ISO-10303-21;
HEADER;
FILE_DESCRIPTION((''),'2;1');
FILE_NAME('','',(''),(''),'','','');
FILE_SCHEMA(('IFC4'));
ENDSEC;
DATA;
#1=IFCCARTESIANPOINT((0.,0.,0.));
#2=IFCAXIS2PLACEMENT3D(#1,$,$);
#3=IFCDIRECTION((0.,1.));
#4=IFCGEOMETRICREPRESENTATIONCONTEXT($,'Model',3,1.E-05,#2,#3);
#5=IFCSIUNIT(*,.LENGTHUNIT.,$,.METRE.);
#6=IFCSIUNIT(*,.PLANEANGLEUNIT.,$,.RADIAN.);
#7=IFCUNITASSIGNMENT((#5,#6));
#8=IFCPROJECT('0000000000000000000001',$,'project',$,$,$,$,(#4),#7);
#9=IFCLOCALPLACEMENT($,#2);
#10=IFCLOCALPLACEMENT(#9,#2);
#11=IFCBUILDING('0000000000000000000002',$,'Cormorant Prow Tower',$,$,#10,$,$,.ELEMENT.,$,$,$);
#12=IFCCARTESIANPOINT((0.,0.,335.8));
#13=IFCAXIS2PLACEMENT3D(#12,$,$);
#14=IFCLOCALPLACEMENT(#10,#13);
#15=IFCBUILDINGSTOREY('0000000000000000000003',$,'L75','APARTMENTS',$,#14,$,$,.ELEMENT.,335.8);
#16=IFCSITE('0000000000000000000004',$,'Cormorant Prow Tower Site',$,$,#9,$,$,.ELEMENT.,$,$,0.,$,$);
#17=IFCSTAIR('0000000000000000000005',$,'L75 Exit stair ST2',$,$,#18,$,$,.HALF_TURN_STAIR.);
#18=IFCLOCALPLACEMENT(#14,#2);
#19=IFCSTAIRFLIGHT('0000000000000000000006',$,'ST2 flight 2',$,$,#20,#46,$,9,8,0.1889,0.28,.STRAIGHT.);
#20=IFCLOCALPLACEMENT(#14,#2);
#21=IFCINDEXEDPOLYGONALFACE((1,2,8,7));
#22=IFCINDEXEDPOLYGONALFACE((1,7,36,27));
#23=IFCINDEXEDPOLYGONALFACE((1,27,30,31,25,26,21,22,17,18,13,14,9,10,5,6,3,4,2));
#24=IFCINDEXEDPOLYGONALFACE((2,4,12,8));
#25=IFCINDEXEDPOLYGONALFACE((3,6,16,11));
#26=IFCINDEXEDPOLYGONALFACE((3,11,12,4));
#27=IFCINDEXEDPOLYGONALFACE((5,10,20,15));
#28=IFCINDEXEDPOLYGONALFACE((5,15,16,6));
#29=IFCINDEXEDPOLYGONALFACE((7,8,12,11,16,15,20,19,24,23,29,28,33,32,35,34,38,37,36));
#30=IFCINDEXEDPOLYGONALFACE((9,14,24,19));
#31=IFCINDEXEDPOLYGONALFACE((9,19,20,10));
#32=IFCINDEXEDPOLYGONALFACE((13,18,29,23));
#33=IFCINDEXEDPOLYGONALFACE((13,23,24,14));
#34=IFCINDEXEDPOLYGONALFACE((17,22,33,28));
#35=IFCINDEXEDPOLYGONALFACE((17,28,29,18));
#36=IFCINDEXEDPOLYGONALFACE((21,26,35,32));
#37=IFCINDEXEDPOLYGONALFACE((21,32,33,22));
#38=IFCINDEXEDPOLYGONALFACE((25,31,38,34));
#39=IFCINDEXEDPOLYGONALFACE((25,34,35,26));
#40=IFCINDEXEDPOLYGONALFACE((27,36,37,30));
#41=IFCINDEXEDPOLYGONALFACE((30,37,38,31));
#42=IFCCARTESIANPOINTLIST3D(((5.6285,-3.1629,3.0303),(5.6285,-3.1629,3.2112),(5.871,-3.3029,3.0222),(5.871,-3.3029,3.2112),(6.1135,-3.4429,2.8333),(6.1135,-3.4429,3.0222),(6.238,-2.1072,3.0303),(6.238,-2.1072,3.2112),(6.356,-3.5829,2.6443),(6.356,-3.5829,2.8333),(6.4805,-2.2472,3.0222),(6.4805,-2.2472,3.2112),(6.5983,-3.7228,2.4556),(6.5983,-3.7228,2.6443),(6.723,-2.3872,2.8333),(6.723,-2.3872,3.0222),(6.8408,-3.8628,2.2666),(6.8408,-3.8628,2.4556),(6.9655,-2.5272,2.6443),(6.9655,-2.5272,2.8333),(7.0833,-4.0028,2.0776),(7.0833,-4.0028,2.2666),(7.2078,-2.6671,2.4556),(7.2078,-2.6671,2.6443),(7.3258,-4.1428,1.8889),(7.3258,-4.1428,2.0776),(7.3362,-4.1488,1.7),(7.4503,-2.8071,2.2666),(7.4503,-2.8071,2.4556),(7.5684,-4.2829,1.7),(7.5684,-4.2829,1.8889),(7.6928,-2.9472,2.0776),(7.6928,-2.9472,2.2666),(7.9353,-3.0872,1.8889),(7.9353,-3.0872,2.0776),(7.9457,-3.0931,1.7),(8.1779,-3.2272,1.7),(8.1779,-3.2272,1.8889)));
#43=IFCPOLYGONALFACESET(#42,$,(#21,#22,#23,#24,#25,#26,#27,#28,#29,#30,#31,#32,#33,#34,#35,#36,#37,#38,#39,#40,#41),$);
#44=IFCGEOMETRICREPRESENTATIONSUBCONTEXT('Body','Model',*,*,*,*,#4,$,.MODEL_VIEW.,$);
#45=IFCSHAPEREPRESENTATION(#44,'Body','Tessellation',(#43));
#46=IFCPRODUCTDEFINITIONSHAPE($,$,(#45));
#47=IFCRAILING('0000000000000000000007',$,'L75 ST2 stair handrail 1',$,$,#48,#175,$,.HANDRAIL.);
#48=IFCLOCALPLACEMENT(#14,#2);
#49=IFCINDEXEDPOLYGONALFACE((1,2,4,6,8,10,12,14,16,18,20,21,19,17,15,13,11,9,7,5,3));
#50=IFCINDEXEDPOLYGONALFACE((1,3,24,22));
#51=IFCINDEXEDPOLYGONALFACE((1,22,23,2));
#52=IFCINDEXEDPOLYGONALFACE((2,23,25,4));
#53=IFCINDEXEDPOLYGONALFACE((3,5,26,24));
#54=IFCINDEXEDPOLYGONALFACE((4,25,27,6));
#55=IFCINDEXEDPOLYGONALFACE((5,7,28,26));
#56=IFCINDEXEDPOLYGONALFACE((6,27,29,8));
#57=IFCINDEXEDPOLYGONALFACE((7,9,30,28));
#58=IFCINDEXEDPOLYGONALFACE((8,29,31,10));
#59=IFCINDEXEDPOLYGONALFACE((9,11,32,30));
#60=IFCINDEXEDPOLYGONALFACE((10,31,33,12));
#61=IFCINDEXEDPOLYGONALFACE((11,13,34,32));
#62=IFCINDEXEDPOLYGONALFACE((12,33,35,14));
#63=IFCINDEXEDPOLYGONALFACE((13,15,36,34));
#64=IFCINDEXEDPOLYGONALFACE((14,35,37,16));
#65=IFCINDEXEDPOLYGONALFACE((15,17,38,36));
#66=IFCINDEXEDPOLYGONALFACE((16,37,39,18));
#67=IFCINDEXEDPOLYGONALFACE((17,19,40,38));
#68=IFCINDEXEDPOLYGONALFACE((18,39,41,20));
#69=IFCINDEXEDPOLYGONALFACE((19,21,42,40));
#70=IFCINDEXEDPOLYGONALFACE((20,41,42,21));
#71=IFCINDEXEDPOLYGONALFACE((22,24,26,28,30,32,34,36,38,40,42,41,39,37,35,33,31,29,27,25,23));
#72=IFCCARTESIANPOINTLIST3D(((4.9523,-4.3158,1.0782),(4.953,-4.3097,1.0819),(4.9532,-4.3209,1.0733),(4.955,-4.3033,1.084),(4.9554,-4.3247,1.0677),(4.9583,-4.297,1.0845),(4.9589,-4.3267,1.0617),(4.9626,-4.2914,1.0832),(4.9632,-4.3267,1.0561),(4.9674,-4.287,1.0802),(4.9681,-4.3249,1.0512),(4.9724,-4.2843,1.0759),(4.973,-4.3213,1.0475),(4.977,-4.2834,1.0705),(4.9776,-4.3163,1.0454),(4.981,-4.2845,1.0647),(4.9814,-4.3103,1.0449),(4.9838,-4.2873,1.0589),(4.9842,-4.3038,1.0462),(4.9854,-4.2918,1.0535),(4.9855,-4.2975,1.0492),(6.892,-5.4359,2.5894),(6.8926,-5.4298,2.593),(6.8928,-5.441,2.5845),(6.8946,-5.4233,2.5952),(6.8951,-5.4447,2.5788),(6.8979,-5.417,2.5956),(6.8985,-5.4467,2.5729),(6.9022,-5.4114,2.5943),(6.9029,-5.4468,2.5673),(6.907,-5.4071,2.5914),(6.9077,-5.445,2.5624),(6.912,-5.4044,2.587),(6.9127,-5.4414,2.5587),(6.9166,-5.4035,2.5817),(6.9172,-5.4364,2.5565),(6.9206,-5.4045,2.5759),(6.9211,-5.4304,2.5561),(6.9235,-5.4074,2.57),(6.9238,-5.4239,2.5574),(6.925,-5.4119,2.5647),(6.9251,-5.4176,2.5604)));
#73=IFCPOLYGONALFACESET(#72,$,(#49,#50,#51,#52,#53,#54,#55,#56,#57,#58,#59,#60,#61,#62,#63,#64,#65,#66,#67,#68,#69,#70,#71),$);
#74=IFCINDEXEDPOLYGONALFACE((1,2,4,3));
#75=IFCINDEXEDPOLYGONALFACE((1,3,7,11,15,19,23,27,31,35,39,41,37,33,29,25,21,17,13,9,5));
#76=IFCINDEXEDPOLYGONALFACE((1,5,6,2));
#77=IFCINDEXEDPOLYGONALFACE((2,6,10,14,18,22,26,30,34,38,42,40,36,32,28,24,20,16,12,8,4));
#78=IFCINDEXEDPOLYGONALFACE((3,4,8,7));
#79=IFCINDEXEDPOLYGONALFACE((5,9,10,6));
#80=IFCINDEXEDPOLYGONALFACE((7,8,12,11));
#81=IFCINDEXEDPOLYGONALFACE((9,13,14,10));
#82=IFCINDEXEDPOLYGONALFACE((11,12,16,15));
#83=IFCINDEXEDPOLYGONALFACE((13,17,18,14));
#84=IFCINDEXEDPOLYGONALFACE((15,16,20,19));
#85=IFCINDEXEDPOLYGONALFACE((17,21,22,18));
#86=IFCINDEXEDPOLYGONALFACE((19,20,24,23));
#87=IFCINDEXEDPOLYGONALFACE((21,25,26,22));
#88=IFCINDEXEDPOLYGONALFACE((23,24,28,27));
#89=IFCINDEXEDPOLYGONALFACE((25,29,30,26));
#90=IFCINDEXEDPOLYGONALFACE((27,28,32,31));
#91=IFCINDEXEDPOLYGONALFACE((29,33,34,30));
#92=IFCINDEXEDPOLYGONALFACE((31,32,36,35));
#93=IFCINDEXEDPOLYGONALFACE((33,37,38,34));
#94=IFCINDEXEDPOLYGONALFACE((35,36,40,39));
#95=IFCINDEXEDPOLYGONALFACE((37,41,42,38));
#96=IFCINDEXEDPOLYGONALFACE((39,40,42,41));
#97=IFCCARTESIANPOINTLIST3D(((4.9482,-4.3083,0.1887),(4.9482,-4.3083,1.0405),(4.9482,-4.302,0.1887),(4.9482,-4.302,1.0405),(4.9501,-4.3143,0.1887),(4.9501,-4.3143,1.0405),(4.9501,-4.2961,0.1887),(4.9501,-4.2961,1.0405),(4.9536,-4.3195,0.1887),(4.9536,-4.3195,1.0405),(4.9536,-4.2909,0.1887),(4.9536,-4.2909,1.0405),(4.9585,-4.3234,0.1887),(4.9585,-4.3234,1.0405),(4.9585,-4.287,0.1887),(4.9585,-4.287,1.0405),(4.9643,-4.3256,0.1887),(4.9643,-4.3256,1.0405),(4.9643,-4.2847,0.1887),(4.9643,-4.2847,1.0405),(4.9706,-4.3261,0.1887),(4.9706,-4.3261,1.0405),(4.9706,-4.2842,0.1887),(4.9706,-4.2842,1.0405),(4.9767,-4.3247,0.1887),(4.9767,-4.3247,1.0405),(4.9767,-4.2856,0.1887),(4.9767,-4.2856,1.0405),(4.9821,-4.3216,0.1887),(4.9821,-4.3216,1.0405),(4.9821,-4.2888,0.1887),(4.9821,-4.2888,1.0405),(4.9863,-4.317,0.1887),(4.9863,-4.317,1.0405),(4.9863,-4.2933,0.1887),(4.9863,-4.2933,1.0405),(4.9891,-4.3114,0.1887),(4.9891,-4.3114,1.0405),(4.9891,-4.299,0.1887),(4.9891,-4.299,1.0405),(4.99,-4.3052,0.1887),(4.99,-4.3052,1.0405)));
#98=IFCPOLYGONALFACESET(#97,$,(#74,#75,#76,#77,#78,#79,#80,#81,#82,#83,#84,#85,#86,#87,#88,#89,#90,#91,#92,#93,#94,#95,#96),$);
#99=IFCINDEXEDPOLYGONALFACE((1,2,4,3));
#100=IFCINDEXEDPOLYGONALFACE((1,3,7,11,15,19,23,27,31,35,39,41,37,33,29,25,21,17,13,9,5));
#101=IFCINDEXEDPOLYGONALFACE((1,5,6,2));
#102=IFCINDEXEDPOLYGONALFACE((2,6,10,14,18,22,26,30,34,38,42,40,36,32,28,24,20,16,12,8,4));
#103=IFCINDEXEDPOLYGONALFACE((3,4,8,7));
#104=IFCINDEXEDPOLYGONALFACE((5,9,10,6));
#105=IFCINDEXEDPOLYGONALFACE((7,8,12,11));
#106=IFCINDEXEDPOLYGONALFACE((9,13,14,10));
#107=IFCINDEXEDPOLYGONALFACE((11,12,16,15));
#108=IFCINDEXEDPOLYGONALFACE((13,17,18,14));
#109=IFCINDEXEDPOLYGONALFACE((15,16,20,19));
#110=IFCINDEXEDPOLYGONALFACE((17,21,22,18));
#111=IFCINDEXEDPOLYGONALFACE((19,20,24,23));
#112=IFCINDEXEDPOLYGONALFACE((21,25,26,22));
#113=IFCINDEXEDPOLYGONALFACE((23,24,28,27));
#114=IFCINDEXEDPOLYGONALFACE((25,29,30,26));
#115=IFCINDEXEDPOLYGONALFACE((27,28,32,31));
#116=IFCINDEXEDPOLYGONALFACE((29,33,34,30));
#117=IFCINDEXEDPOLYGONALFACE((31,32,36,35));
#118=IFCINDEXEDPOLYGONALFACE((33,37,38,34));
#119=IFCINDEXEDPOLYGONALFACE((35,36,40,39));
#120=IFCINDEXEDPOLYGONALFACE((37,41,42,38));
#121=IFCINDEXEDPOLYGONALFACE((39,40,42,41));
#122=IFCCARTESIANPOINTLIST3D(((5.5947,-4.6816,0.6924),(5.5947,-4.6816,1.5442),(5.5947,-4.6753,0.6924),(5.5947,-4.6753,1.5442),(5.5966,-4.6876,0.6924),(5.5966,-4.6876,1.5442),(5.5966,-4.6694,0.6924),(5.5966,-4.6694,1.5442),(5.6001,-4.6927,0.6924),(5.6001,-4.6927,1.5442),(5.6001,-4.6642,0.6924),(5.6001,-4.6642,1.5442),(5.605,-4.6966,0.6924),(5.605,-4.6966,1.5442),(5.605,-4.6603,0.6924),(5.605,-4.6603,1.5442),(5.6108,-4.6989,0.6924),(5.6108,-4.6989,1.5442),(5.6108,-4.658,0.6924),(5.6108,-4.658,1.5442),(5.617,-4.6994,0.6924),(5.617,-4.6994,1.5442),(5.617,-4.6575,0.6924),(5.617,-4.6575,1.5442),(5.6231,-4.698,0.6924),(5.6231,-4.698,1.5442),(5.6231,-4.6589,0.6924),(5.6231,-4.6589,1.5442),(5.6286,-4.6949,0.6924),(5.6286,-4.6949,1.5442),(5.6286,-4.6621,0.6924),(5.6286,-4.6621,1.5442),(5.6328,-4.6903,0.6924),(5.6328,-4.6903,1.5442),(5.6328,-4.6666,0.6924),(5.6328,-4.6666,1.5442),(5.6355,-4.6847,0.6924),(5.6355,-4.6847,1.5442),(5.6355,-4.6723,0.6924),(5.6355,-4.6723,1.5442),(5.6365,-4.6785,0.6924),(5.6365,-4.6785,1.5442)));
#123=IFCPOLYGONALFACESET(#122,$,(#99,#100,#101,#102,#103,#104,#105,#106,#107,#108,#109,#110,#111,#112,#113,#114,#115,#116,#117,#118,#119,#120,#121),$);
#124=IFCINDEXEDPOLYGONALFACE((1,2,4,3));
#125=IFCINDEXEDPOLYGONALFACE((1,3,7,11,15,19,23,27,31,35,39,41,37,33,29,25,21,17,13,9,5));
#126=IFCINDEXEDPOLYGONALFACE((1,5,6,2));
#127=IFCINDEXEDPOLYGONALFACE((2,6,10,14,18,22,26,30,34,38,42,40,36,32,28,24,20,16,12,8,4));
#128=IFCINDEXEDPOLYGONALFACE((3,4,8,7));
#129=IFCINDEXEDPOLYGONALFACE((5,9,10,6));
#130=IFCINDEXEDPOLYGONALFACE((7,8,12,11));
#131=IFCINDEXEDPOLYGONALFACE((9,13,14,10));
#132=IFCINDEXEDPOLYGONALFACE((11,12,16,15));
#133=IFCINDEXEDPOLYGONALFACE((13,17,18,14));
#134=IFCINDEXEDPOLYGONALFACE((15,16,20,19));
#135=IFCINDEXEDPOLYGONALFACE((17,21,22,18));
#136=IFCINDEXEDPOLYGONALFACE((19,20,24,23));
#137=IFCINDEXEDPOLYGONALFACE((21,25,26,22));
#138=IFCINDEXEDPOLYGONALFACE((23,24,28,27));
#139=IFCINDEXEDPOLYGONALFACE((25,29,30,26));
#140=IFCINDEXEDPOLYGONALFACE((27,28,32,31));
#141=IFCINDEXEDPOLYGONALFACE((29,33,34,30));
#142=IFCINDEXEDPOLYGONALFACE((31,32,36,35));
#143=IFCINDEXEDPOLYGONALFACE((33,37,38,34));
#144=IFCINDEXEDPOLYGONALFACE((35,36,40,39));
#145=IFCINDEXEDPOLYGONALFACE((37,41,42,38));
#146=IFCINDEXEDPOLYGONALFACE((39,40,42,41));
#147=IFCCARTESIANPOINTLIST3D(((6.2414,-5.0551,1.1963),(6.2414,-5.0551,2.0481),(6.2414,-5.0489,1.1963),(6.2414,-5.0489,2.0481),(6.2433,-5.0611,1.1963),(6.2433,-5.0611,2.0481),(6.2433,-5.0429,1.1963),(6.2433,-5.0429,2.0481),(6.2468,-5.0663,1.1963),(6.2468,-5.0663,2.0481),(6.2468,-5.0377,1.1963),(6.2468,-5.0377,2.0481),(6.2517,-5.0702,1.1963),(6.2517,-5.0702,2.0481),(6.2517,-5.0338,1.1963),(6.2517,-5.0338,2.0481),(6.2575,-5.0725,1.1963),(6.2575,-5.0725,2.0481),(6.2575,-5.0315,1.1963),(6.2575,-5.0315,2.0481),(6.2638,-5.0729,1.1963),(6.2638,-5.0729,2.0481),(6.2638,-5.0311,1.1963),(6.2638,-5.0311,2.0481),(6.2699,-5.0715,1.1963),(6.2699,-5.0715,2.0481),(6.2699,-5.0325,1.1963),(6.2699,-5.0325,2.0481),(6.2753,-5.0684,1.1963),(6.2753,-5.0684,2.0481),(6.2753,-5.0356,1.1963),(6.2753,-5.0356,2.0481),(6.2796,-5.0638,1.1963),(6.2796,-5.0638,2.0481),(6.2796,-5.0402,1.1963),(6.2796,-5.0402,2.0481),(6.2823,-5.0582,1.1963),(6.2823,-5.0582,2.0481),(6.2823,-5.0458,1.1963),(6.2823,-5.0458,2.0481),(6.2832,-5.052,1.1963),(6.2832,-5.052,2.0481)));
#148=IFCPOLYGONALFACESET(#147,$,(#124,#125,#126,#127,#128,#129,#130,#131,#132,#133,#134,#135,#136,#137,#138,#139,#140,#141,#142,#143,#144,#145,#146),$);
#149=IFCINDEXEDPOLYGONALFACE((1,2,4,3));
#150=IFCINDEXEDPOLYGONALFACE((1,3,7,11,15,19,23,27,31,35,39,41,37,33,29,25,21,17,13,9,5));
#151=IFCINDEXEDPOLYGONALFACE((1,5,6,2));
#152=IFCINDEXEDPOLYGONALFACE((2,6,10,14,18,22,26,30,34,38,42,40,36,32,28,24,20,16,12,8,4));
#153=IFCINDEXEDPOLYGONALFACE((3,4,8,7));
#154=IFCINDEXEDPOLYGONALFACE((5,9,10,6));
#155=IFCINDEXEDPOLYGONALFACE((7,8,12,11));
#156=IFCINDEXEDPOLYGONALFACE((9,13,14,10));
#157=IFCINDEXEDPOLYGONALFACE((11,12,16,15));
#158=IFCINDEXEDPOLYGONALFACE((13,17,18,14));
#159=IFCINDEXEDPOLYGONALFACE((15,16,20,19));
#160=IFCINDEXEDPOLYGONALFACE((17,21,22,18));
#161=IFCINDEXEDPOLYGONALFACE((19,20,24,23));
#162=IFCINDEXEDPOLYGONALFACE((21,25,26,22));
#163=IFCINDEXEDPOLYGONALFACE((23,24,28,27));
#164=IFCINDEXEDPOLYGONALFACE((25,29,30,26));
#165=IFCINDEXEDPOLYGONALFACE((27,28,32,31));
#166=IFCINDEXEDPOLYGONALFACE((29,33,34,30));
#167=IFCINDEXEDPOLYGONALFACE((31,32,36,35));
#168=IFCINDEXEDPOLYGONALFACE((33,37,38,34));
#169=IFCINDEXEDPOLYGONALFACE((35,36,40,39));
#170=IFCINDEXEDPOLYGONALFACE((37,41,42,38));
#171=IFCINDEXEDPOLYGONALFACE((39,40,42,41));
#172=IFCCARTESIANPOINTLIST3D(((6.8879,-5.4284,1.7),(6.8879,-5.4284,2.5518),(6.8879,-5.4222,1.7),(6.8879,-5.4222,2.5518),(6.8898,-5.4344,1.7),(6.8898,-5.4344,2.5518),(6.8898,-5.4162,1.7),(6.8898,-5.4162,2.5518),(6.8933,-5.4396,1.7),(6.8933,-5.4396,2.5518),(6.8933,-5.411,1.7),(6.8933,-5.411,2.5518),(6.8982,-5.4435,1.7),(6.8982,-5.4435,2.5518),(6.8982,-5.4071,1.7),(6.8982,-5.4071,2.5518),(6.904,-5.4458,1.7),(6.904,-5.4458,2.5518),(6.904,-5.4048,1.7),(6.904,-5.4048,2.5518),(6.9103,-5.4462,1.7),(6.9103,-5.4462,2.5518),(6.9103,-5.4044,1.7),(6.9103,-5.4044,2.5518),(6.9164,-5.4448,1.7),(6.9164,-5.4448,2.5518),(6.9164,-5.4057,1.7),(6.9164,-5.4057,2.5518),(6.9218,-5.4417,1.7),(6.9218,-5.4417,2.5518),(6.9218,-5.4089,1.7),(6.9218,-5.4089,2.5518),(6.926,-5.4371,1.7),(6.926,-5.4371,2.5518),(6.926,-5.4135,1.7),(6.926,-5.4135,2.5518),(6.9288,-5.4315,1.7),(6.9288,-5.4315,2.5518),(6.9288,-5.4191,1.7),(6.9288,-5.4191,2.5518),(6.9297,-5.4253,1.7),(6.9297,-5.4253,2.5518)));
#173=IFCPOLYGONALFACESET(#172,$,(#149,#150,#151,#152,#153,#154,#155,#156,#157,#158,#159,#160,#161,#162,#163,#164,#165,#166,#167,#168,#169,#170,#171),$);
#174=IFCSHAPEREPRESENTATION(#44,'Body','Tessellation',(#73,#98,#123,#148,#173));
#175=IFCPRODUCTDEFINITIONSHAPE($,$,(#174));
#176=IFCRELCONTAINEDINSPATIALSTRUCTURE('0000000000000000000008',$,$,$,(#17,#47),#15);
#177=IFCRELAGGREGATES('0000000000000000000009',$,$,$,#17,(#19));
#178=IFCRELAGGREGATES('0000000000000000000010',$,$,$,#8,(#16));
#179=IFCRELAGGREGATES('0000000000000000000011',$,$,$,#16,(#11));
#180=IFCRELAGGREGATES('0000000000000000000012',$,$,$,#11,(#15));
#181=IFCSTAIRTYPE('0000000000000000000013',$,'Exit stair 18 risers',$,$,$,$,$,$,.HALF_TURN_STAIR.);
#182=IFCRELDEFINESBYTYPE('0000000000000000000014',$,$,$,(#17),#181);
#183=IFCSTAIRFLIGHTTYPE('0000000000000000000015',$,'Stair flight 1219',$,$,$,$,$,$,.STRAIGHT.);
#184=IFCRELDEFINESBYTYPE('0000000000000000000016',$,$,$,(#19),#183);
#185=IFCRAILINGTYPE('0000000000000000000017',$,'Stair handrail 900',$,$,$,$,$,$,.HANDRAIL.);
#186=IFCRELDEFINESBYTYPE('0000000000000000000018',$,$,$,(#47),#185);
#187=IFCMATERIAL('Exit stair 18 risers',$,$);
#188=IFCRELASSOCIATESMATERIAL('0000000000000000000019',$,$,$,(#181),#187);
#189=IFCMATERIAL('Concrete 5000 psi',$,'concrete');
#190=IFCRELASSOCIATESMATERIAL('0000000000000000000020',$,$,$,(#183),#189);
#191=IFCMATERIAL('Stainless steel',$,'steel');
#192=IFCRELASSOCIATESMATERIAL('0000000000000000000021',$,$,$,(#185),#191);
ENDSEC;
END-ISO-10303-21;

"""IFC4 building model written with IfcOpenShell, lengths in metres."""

from ifc_helpers import new_model, si_unit, direction, frame, origin, origin_2d, place, context, subcontext, project, spatial, polyline, circle, outline, extrude, material, type_object, element, aggregate, save


model = new_model("IFC4")

# Units and contexts
model_context = context("Model", 3, precision=1e-05, world=origin(), true_north=direction((0.0, 1.0)))
body_context = subcontext(model_context, "Body", "Model", "MODEL_VIEW")
ifc_project = project(units=[si_unit("LENGTHUNIT", "METRE"), si_unit("PLANEANGLEUNIT", "RADIAN")], contexts=[model_context])

# Site, building, storey
site_placement = place(None, origin())
site = spatial("IfcSite", under=ifc_project, at=site_placement, Name="Cormorant Prow Tower Site", CompositionType="ELEMENT", RefElevation=0.0)
building_placement = place(site_placement, origin())
building = spatial("IfcBuilding", under=site, at=building_placement, Name="Cormorant Prow Tower", CompositionType="ELEMENT")
storey_placement = place(building_placement, frame((0.0, 0.0, 335.8)))
storey = spatial("IfcBuildingStorey", under=building, at=storey_placement, Name="L75", Description="APARTMENTS", CompositionType="ELEMENT", Elevation=335.8)

# Stair, stair flight
ifc_material_1 = material(Name="Exit stair 18 risers")
stair_type = type_object("IfcStairType", Name="Exit stair 18 risers", PredefinedType="HALF_TURN_STAIR", material=ifc_material_1)
stair_placement = place(storey_placement, origin())
stair = element("IfcStair", 1, at=stair_placement, inside=storey, type_object=stair_type, Name="L75 Exit stair ST2", PredefinedType="HALF_TURN_STAIR")
ifc_material_2 = material(Name="Concrete 5000 psi", Category="concrete")
stair_flight_type = type_object("IfcStairFlightType", Name="Stair flight 1219", PredefinedType="STRAIGHT", material=ifc_material_2)
stair_flight_1_placement = place(storey_placement, frame((7.873, -3.7551, 1.7), z_axis=(0.0, 0.0, 1.0), x_axis=(-0.866025, 0.5, 0.0)))
stair_flight_1 = element("IfcStairFlight", 2, at=stair_flight_1_placement, type_object=stair_flight_type, Name="ST2 flight 2", NumberOfRisers=9, NumberOfTreads=8, PredefinedType="STRAIGHT", RiserHeight=0.1889, TreadLength=0.28, context=body_context, shape_type="SweptSolid", body=[
    extrude(outline(polyline([(0.0, 0.0), (0.0, 0.189), (0.28, 0.189), (0.28, 0.3777), (0.5601, 0.3777), (0.5601, 0.5667), (0.8401, 0.5667), (0.8401, 0.7556), (1.1201, 0.7556), (1.1201, 0.9443), (1.3999, 0.9443), (1.3999, 1.1333), (1.6799, 1.1333), (1.6799, 1.3223), (1.96, 1.3223), (1.96, 1.5112), (2.24, 1.5112), (2.24, 1.7), (2.24, 1.3303), (0.2681, 0.0), (0.0, 0.0)])), frame((0.0, 0.6094, 0.0), z_axis=(0.0, -1.0, 0.0), x_axis=(1.0, 0.0, 0.0)), (0.0, 0.0, 1.0), 1.219),
])
aggregate(stair, [stair_flight_1])

# Railing
ifc_material_3 = material(Name="Stainless steel", Category="steel")
railing_type_1 = type_object("IfcRailingType", Name="Stair handrail 900", PredefinedType="HANDRAIL", material=ifc_material_3)
railing_1_placement = place(storey_placement, frame((4.969, -4.3052, 0.1887)))
element("IfcRailing", 3, at=railing_1_placement, inside=storey, type_object=railing_type_1, Name="L75 ST2 stair handrail 1", PredefinedType="HANDRAIL", context=body_context, shape_type="SweptSolid", body=[
    extrude(circle(Radius=0.0239, at=origin_2d()), frame((0.0, 0.0, 0.876), z_axis=(0.71787, -0.414548, 0.559297), x_axis=(0.500078, 0.86598, 0.0)), (0.0, 0.0, 1.0), 2.7019),
    extrude(circle(Radius=0.021, at=origin_2d()), origin(), (0.0, 0.0, 1.0), 0.8518),
    extrude(circle(Radius=0.021, at=origin_2d()), frame((0.6465, -0.3733, 0.5037)), (0.0, 0.0, 1.0), 0.8518),
    extrude(circle(Radius=0.021, at=origin_2d()), frame((1.2932, -0.7468, 1.0076)), (0.0, 0.0, 1.0), 0.8518),
    extrude(circle(Radius=0.021, at=origin_2d()), frame((1.9397, -1.1201, 1.5112)), (0.0, 0.0, 1.0), 0.8518),
])

save(model, "model.ifc")
